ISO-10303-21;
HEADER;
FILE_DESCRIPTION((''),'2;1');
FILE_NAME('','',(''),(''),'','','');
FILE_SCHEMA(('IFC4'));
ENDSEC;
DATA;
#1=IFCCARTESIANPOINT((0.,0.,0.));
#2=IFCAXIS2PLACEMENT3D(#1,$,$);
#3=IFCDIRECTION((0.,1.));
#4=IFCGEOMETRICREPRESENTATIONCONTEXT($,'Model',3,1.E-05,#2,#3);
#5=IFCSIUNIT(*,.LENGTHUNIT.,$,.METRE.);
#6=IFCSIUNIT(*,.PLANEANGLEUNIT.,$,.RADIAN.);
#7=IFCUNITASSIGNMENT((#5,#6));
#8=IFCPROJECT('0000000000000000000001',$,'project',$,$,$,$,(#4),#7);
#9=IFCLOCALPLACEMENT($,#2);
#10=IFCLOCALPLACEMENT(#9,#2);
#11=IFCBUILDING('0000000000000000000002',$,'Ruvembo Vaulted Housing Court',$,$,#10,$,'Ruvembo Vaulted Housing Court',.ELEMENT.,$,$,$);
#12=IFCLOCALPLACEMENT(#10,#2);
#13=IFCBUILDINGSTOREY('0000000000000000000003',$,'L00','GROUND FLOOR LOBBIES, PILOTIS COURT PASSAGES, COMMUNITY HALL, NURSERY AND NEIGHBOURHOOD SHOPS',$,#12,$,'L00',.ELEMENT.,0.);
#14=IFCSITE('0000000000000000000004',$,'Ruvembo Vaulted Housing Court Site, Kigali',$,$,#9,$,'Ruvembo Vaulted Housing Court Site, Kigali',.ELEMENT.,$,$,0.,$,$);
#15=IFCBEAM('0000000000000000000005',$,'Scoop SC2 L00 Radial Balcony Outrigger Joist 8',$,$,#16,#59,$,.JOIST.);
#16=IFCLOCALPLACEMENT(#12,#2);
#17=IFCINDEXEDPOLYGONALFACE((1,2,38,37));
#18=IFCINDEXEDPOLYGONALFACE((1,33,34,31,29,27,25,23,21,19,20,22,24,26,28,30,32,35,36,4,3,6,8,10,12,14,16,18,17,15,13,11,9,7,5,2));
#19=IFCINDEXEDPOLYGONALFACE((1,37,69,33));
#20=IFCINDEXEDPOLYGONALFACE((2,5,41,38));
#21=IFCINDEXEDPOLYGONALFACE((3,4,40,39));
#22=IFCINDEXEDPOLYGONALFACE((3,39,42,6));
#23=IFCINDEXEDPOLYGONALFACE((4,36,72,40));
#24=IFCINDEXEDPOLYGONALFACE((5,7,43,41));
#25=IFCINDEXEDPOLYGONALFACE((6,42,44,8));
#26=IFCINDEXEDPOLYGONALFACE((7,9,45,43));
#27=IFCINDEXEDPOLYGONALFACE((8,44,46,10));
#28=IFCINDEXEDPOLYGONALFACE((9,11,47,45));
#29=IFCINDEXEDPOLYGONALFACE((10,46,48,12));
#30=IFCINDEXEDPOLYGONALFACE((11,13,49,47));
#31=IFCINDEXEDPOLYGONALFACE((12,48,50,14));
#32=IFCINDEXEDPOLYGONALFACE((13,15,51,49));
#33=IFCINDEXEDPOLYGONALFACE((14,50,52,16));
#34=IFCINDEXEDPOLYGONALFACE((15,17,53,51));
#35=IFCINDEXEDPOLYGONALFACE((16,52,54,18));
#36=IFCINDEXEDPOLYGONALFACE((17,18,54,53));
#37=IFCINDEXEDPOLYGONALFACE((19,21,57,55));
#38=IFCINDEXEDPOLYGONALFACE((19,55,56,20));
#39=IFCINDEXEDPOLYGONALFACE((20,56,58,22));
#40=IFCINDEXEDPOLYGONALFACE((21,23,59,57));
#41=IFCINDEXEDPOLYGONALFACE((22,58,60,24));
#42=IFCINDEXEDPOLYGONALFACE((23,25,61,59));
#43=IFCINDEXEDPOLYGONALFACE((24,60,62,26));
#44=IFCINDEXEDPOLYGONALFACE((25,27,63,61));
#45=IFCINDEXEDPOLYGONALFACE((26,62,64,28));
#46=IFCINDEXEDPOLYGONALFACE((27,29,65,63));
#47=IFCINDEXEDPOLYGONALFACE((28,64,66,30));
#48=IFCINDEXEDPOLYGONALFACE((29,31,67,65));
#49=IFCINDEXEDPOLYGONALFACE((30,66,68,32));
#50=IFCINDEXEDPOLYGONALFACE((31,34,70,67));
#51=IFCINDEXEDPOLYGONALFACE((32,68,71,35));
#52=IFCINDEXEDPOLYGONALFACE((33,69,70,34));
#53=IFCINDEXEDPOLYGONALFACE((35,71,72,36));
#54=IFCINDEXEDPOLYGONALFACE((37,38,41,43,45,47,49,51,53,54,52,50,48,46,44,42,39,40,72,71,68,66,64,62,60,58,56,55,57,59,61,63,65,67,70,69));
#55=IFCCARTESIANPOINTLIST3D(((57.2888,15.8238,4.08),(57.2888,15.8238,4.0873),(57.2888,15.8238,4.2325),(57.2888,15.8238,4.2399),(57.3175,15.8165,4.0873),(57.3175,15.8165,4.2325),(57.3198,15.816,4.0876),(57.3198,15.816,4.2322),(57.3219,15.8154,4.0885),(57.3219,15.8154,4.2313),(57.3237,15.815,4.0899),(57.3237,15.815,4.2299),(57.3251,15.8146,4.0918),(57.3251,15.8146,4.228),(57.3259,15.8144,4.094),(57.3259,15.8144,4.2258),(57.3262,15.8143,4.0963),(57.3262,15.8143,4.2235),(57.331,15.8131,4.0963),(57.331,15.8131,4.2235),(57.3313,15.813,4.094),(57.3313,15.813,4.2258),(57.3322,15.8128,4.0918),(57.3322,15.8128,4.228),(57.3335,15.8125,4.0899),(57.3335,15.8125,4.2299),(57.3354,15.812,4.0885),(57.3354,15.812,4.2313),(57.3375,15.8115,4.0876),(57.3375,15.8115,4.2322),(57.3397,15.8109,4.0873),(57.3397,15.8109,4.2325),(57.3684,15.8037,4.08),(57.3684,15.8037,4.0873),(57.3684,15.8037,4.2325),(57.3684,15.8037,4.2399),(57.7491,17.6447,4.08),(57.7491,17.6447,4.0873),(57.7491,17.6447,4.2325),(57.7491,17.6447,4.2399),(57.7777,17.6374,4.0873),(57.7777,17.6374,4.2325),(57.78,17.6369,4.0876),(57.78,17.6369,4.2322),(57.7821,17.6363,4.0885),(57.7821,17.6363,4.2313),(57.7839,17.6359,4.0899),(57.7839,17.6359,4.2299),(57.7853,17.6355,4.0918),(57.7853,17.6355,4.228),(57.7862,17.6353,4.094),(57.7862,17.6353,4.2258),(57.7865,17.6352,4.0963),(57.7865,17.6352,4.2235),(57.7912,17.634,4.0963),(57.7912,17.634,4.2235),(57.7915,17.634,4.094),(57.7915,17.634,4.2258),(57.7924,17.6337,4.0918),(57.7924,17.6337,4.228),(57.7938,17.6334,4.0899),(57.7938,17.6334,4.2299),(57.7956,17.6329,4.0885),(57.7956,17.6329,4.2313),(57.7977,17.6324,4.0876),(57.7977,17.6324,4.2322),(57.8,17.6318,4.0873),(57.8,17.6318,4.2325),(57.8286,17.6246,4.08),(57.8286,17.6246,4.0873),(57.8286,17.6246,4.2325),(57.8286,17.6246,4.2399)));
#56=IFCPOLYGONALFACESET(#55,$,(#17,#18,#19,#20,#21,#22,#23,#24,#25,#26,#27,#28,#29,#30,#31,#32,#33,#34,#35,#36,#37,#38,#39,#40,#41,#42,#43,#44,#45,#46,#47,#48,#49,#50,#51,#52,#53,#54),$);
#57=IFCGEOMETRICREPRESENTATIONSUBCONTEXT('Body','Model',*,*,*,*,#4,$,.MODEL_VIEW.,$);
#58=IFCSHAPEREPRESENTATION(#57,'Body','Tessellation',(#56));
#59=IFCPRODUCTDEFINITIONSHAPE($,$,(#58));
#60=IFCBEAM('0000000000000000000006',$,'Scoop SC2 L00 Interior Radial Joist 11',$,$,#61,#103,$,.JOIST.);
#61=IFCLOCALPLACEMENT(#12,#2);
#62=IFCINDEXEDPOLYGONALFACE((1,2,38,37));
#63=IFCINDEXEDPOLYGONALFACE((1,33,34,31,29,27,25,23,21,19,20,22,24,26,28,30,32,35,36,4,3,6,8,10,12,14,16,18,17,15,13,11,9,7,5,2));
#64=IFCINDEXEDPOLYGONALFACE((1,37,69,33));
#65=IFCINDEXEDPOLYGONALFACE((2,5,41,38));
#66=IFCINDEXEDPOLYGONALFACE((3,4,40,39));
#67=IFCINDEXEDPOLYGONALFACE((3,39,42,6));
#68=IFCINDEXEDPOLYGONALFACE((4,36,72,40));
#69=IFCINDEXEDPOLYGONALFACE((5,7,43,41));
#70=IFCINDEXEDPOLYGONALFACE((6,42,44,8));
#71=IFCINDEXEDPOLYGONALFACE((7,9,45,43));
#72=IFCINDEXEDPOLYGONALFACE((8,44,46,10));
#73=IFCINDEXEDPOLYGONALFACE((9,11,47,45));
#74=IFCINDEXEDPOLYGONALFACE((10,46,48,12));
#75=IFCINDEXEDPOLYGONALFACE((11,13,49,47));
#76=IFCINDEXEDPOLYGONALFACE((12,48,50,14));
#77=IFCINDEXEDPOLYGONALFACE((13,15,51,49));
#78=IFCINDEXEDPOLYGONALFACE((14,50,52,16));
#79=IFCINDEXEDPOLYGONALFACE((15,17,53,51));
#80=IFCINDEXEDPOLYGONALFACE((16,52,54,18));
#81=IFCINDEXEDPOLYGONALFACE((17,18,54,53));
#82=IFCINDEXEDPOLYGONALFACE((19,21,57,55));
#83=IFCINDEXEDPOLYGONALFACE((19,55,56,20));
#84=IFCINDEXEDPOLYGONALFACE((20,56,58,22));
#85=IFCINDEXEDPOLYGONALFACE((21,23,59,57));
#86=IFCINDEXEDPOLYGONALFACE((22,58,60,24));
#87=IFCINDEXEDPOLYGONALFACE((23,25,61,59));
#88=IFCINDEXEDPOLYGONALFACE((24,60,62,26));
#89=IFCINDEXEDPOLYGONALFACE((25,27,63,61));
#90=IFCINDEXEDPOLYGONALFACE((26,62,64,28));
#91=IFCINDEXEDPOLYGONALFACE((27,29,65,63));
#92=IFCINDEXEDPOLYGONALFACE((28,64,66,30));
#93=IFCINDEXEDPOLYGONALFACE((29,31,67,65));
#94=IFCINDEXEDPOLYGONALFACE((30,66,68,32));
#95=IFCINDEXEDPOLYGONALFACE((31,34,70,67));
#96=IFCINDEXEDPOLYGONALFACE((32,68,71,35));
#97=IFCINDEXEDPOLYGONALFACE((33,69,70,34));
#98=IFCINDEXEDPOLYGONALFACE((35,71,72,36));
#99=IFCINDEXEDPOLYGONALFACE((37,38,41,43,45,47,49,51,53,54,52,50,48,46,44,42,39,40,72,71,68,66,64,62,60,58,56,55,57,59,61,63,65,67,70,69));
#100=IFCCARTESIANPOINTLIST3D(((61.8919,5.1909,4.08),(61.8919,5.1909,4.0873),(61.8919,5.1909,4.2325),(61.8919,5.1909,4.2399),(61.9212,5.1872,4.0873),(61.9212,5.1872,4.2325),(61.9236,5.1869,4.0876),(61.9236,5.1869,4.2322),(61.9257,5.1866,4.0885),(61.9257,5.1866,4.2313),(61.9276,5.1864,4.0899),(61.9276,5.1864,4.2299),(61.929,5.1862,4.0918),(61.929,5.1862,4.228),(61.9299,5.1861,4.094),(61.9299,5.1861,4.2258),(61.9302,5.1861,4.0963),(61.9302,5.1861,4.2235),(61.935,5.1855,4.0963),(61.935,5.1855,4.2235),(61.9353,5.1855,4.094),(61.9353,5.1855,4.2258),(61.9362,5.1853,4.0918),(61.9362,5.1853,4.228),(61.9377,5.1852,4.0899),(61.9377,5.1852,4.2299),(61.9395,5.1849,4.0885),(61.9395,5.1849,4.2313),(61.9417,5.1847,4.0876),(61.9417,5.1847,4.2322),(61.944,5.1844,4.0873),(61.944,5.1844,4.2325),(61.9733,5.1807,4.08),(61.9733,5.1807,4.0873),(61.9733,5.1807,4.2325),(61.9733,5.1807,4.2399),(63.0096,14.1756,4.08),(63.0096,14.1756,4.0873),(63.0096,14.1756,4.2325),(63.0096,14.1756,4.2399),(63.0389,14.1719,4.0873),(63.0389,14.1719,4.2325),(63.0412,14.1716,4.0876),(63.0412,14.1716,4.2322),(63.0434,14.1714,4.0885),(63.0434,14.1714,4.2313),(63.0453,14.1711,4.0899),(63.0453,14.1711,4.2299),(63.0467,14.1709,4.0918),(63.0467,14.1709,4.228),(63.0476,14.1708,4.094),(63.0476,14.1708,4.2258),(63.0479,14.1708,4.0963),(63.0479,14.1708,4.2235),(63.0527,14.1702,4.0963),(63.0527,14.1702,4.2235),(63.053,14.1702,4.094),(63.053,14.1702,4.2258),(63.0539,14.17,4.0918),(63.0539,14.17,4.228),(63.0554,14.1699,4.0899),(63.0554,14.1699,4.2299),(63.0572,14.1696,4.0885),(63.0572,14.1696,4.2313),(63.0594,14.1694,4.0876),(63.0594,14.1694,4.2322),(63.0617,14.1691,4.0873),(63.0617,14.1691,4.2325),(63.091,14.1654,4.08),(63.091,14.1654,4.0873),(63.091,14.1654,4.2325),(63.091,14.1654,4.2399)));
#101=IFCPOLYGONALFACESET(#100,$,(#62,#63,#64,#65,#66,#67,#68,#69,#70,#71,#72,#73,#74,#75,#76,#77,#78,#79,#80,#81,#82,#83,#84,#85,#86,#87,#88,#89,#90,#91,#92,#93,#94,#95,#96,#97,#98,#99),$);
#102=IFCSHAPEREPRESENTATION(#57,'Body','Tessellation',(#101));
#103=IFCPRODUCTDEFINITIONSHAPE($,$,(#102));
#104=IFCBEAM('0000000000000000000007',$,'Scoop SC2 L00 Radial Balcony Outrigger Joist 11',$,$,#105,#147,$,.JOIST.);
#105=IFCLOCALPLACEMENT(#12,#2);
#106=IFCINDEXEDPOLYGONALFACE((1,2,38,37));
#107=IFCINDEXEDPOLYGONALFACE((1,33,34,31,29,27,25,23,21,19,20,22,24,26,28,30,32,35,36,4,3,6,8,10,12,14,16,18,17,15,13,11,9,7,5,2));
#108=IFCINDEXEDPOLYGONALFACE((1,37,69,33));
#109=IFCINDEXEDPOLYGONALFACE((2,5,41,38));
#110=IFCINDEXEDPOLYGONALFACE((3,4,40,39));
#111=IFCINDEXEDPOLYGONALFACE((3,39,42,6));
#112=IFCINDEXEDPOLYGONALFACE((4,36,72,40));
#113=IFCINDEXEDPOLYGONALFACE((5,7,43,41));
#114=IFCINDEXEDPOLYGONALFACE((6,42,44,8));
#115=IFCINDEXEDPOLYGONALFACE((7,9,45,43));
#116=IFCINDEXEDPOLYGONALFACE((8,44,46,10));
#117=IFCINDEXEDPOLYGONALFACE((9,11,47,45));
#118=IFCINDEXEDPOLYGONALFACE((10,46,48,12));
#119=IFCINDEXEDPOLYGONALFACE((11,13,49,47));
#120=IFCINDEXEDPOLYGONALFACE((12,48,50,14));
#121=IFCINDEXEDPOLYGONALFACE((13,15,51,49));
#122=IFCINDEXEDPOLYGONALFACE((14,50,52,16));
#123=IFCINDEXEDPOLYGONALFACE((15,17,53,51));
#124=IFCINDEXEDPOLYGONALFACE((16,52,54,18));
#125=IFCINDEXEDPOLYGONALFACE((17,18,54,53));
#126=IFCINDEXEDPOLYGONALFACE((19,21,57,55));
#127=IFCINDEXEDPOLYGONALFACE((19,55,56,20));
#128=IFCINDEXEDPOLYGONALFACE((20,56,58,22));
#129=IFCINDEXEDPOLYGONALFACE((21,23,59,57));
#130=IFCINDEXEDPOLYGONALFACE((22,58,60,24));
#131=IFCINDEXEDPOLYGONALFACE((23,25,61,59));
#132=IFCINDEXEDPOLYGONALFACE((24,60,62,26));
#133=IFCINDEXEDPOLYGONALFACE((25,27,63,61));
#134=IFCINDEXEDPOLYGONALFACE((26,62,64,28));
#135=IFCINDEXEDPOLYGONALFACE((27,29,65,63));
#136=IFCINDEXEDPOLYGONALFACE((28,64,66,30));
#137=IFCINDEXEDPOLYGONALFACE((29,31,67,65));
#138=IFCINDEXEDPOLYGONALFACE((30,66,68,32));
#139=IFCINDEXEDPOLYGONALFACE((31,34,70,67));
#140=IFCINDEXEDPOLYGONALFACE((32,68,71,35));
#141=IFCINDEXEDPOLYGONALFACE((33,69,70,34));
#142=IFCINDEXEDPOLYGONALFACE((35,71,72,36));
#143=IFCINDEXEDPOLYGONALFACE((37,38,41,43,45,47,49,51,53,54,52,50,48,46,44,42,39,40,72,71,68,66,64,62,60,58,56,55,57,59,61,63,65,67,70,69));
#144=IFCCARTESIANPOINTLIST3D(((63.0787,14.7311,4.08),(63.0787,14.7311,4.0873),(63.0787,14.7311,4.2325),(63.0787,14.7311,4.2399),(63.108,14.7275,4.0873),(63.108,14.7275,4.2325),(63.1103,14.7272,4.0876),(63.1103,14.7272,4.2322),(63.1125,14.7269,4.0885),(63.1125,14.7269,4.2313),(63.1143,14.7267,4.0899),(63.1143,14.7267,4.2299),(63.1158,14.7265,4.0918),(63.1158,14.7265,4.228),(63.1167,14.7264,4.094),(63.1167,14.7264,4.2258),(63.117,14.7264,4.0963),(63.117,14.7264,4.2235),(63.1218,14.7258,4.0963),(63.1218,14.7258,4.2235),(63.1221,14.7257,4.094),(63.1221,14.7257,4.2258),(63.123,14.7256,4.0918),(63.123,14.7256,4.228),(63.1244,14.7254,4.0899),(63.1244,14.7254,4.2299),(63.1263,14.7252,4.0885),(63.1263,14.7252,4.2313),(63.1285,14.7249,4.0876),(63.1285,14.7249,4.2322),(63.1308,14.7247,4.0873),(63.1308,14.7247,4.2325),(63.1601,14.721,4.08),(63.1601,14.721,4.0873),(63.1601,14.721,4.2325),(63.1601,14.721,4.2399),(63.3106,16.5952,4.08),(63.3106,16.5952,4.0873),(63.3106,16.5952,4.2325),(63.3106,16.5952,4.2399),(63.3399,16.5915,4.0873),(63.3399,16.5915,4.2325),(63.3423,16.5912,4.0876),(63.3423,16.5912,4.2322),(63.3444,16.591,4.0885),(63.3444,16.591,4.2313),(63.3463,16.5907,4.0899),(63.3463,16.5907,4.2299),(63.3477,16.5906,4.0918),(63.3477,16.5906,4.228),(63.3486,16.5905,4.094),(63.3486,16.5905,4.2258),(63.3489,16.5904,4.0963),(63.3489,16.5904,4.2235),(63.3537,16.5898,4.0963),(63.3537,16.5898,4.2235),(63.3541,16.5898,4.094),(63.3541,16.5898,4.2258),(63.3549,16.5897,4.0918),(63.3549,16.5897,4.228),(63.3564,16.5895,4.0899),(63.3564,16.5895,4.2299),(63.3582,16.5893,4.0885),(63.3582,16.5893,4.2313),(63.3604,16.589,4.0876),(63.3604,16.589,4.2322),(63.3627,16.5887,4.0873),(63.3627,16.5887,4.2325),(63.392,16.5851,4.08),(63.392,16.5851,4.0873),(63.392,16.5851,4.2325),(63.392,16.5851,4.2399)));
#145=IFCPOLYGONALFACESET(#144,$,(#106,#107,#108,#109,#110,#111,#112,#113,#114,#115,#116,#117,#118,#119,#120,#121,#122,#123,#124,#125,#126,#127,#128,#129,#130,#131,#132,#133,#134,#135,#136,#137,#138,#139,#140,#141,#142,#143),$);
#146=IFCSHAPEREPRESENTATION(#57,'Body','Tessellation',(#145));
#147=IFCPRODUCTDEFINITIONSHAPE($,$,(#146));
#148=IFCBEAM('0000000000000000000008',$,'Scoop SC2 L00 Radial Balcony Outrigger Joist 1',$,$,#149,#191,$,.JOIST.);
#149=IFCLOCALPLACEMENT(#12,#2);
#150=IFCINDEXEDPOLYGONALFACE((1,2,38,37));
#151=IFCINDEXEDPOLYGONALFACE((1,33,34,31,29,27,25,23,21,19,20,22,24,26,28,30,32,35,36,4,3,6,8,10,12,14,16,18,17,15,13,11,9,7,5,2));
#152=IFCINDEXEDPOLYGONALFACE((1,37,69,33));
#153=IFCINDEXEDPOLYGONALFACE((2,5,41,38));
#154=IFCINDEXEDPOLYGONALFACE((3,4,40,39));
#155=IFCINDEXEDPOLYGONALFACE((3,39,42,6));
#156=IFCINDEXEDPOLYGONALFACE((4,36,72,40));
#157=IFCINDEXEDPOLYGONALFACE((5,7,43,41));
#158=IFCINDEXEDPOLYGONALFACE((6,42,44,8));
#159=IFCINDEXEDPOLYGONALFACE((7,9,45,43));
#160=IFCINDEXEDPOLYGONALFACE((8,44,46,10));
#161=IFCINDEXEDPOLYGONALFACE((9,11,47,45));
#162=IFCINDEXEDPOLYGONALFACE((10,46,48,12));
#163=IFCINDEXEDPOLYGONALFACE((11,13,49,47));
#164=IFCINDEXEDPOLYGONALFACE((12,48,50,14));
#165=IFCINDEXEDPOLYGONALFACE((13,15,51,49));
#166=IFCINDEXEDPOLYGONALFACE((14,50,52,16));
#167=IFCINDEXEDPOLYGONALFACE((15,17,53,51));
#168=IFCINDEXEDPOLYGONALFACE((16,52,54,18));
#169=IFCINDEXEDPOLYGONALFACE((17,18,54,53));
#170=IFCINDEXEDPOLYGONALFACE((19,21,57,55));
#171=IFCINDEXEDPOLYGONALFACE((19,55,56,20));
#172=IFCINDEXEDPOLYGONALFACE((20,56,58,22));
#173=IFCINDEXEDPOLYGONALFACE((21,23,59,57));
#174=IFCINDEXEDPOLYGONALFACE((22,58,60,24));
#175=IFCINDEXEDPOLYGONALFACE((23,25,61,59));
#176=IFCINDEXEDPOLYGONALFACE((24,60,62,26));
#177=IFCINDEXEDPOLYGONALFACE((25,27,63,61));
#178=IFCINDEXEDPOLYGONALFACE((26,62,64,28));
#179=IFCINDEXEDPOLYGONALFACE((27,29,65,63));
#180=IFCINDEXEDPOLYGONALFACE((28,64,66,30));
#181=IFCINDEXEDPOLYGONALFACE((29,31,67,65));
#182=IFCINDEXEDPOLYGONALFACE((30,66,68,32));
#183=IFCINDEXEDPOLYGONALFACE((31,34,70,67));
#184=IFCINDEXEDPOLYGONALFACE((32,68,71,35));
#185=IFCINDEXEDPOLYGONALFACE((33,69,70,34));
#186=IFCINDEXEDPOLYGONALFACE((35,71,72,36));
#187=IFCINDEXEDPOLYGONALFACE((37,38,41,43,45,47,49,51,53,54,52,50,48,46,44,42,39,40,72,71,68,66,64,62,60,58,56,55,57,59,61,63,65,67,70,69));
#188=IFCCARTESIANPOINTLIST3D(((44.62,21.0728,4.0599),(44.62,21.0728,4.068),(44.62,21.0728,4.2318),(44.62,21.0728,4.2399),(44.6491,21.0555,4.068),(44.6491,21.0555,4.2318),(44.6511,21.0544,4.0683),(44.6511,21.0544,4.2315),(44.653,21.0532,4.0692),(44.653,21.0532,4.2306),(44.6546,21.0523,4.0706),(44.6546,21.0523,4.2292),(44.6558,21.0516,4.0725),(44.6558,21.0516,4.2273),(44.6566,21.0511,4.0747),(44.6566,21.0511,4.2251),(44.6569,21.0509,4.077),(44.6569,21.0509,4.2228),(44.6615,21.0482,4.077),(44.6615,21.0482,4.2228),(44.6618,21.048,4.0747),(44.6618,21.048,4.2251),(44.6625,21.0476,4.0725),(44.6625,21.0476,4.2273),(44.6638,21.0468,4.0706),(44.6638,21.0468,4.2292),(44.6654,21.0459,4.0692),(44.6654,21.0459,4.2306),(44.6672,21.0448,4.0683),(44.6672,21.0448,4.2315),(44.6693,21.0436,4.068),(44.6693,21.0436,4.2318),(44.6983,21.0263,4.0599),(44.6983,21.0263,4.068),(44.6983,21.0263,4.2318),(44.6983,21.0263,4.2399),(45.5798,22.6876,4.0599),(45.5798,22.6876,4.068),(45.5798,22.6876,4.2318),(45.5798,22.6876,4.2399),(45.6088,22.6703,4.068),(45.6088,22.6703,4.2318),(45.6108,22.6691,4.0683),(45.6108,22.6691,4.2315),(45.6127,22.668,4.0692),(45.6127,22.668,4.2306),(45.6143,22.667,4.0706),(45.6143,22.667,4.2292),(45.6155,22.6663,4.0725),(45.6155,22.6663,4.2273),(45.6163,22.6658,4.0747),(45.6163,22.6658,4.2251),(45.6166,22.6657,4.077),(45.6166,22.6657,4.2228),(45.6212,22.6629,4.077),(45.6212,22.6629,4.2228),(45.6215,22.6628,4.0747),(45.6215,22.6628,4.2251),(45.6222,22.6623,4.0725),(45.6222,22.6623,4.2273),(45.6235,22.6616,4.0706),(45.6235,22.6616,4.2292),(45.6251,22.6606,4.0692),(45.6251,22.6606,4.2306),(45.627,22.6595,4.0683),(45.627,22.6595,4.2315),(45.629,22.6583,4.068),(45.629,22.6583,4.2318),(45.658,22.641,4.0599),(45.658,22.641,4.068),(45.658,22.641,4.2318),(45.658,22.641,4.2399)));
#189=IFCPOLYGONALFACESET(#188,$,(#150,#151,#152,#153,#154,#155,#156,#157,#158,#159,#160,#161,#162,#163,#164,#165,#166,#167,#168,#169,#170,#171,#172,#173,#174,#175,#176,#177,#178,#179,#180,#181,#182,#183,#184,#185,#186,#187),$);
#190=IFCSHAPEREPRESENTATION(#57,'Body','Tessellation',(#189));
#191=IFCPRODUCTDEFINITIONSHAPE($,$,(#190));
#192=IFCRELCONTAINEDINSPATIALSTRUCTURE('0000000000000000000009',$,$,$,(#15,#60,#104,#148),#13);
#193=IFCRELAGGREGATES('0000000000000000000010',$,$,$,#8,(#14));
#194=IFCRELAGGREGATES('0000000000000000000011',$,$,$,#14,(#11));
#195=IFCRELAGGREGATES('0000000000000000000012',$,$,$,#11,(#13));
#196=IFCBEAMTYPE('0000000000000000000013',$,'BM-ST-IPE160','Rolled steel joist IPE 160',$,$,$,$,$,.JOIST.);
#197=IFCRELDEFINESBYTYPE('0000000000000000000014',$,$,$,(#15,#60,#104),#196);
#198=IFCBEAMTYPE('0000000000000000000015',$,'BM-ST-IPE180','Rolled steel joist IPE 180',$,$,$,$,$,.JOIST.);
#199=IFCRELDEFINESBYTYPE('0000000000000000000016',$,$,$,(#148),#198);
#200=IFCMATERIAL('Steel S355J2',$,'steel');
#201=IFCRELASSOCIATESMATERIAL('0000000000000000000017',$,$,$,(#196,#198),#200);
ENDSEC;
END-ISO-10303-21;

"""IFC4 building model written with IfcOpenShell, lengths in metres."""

from ifc_helpers import new_model, si_unit, direction, frame, origin, origin_2d, place, context, subcontext, project, spatial, i_section, extrude, material, material_profile, profile_set, type_object, element, save


model = new_model("IFC4")

# Units and contexts
model_context = context("Model", 3, precision=1e-05, world=origin(), true_north=direction((0.0, 1.0)))
body_context = subcontext(model_context, "Body", "Model", "MODEL_VIEW")
ifc_project = project(units=[si_unit("LENGTHUNIT", "METRE"), si_unit("PLANEANGLEUNIT", "RADIAN")], contexts=[model_context])

# Site, building, storey
site_placement = place(None, origin())
site = spatial("IfcSite", under=ifc_project, at=site_placement, Name="Ruvembo Vaulted Housing Court Site, Kigali", LongName="Ruvembo Vaulted Housing Court Site, Kigali", CompositionType="ELEMENT", RefElevation=0.0)
building_placement = place(site_placement, origin())
building = spatial("IfcBuilding", under=site, at=building_placement, Name="Ruvembo Vaulted Housing Court", LongName="Ruvembo Vaulted Housing Court", CompositionType="ELEMENT")
storey_placement = place(building_placement, origin())
storey = spatial("IfcBuildingStorey", under=building, at=storey_placement, Name="L00", Description="GROUND FLOOR LOBBIES, PILOTIS COURT PASSAGES, COMMUNITY HALL, NURSERY AND NEIGHBOURHOOD SHOPS", LongName="L00", CompositionType="ELEMENT", Elevation=0.0)

# Beams
ifc_material_1 = material(Name="Steel S355J2", Category="steel")
ifc_material_profile_1 = material_profile(ifc_material_1, i_section(OverallWidth=0.082, OverallDepth=0.1599, WebThickness=0.0049, FlangeThickness=0.0073, FilletRadius=0.009, at=origin_2d()), Name="IPE 160")
ifc_profile_set_1 = profile_set([ifc_material_profile_1], Name="Steel S355J2")
beam_type_1 = type_object("IfcBeamType", Name="BM-ST-IPE160", Description="Rolled steel joist IPE 160", PredefinedType="JOIST", material=ifc_profile_set_1)
beam_1_placement = place(storey_placement, frame((57.3286, 15.8137, 4.1599), z_axis=(0.245043, 0.969512, 0.0), x_axis=(-0.969512, 0.245043, 0.0)))
element("IfcBeam", 1, at=beam_1_placement, inside=storey, type_object=beam_type_1, Name="Scoop SC2 L00 Radial Balcony Outrigger Joist 8", PredefinedType="JOIST", context=body_context, shape_type="SweptSolid", body=[
    extrude(i_section(OverallWidth=0.082, OverallDepth=0.1599, WebThickness=0.0049, FlangeThickness=0.0073, FilletRadius=0.009, at=origin_2d()), origin(), (0.0, 0.0, 1.0), 1.8782),
])
beam_2_placement = place(storey_placement, frame((61.9326, 5.1858, 4.1599), z_axis=(0.123447, 0.992351, 0.0), x_axis=(-0.992351, 0.123447, 0.0)))
element("IfcBeam", 2, at=beam_2_placement, inside=storey, type_object=beam_type_1, Name="Scoop SC2 L00 Interior Radial Joist 11", PredefinedType="JOIST", context=body_context, shape_type="SweptSolid", body=[
    extrude(i_section(OverallWidth=0.082, OverallDepth=0.1599, WebThickness=0.0049, FlangeThickness=0.0073, FilletRadius=0.009, at=origin_2d()), origin(), (0.0, 0.0, 1.0), 9.054),
])
beam_3_placement = place(storey_placement, frame((63.1194, 14.7261, 4.1599), z_axis=(0.123475, 0.992348, 0.0), x_axis=(-0.992348, 0.123475, 0.0)))
element("IfcBeam", 3, at=beam_3_placement, inside=storey, type_object=beam_type_1, Name="Scoop SC2 L00 Radial Balcony Outrigger Joist 11", PredefinedType="JOIST", context=body_context, shape_type="SweptSolid", body=[
    extrude(i_section(OverallWidth=0.082, OverallDepth=0.1599, WebThickness=0.0049, FlangeThickness=0.0073, FilletRadius=0.009, at=origin_2d()), origin(), (0.0, 0.0, 1.0), 1.8784),
])
ifc_material_profile_2 = material_profile(ifc_material_1, i_section(OverallWidth=0.0911, OverallDepth=0.1799, WebThickness=0.0054, FlangeThickness=0.0081, FilletRadius=0.009, at=origin_2d()), Name="IPE 180")
ifc_profile_set_2 = profile_set([ifc_material_profile_2], Name="Steel S355J2")
beam_type_2 = type_object("IfcBeamType", Name="BM-ST-IPE180", Description="Rolled steel joist IPE 180", PredefinedType="JOIST", material=ifc_profile_set_2)
beam_4_placement = place(storey_placement, frame((44.6592, 21.0496, 4.1499), z_axis=(0.510917, 0.85963, 0.0), x_axis=(-0.85963, 0.510917, 0.0)))
element("IfcBeam", 4, at=beam_4_placement, inside=storey, type_object=beam_type_2, Name="Scoop SC2 L00 Radial Balcony Outrigger Joist 1", PredefinedType="JOIST", context=body_context, shape_type="SweptSolid", body=[
    extrude(i_section(OverallWidth=0.0911, OverallDepth=0.1799, WebThickness=0.0054, FlangeThickness=0.0081, FilletRadius=0.009, at=origin_2d()), origin(), (0.0, 0.0, 1.0), 1.8784),
])

save(model, "model.ifc")
